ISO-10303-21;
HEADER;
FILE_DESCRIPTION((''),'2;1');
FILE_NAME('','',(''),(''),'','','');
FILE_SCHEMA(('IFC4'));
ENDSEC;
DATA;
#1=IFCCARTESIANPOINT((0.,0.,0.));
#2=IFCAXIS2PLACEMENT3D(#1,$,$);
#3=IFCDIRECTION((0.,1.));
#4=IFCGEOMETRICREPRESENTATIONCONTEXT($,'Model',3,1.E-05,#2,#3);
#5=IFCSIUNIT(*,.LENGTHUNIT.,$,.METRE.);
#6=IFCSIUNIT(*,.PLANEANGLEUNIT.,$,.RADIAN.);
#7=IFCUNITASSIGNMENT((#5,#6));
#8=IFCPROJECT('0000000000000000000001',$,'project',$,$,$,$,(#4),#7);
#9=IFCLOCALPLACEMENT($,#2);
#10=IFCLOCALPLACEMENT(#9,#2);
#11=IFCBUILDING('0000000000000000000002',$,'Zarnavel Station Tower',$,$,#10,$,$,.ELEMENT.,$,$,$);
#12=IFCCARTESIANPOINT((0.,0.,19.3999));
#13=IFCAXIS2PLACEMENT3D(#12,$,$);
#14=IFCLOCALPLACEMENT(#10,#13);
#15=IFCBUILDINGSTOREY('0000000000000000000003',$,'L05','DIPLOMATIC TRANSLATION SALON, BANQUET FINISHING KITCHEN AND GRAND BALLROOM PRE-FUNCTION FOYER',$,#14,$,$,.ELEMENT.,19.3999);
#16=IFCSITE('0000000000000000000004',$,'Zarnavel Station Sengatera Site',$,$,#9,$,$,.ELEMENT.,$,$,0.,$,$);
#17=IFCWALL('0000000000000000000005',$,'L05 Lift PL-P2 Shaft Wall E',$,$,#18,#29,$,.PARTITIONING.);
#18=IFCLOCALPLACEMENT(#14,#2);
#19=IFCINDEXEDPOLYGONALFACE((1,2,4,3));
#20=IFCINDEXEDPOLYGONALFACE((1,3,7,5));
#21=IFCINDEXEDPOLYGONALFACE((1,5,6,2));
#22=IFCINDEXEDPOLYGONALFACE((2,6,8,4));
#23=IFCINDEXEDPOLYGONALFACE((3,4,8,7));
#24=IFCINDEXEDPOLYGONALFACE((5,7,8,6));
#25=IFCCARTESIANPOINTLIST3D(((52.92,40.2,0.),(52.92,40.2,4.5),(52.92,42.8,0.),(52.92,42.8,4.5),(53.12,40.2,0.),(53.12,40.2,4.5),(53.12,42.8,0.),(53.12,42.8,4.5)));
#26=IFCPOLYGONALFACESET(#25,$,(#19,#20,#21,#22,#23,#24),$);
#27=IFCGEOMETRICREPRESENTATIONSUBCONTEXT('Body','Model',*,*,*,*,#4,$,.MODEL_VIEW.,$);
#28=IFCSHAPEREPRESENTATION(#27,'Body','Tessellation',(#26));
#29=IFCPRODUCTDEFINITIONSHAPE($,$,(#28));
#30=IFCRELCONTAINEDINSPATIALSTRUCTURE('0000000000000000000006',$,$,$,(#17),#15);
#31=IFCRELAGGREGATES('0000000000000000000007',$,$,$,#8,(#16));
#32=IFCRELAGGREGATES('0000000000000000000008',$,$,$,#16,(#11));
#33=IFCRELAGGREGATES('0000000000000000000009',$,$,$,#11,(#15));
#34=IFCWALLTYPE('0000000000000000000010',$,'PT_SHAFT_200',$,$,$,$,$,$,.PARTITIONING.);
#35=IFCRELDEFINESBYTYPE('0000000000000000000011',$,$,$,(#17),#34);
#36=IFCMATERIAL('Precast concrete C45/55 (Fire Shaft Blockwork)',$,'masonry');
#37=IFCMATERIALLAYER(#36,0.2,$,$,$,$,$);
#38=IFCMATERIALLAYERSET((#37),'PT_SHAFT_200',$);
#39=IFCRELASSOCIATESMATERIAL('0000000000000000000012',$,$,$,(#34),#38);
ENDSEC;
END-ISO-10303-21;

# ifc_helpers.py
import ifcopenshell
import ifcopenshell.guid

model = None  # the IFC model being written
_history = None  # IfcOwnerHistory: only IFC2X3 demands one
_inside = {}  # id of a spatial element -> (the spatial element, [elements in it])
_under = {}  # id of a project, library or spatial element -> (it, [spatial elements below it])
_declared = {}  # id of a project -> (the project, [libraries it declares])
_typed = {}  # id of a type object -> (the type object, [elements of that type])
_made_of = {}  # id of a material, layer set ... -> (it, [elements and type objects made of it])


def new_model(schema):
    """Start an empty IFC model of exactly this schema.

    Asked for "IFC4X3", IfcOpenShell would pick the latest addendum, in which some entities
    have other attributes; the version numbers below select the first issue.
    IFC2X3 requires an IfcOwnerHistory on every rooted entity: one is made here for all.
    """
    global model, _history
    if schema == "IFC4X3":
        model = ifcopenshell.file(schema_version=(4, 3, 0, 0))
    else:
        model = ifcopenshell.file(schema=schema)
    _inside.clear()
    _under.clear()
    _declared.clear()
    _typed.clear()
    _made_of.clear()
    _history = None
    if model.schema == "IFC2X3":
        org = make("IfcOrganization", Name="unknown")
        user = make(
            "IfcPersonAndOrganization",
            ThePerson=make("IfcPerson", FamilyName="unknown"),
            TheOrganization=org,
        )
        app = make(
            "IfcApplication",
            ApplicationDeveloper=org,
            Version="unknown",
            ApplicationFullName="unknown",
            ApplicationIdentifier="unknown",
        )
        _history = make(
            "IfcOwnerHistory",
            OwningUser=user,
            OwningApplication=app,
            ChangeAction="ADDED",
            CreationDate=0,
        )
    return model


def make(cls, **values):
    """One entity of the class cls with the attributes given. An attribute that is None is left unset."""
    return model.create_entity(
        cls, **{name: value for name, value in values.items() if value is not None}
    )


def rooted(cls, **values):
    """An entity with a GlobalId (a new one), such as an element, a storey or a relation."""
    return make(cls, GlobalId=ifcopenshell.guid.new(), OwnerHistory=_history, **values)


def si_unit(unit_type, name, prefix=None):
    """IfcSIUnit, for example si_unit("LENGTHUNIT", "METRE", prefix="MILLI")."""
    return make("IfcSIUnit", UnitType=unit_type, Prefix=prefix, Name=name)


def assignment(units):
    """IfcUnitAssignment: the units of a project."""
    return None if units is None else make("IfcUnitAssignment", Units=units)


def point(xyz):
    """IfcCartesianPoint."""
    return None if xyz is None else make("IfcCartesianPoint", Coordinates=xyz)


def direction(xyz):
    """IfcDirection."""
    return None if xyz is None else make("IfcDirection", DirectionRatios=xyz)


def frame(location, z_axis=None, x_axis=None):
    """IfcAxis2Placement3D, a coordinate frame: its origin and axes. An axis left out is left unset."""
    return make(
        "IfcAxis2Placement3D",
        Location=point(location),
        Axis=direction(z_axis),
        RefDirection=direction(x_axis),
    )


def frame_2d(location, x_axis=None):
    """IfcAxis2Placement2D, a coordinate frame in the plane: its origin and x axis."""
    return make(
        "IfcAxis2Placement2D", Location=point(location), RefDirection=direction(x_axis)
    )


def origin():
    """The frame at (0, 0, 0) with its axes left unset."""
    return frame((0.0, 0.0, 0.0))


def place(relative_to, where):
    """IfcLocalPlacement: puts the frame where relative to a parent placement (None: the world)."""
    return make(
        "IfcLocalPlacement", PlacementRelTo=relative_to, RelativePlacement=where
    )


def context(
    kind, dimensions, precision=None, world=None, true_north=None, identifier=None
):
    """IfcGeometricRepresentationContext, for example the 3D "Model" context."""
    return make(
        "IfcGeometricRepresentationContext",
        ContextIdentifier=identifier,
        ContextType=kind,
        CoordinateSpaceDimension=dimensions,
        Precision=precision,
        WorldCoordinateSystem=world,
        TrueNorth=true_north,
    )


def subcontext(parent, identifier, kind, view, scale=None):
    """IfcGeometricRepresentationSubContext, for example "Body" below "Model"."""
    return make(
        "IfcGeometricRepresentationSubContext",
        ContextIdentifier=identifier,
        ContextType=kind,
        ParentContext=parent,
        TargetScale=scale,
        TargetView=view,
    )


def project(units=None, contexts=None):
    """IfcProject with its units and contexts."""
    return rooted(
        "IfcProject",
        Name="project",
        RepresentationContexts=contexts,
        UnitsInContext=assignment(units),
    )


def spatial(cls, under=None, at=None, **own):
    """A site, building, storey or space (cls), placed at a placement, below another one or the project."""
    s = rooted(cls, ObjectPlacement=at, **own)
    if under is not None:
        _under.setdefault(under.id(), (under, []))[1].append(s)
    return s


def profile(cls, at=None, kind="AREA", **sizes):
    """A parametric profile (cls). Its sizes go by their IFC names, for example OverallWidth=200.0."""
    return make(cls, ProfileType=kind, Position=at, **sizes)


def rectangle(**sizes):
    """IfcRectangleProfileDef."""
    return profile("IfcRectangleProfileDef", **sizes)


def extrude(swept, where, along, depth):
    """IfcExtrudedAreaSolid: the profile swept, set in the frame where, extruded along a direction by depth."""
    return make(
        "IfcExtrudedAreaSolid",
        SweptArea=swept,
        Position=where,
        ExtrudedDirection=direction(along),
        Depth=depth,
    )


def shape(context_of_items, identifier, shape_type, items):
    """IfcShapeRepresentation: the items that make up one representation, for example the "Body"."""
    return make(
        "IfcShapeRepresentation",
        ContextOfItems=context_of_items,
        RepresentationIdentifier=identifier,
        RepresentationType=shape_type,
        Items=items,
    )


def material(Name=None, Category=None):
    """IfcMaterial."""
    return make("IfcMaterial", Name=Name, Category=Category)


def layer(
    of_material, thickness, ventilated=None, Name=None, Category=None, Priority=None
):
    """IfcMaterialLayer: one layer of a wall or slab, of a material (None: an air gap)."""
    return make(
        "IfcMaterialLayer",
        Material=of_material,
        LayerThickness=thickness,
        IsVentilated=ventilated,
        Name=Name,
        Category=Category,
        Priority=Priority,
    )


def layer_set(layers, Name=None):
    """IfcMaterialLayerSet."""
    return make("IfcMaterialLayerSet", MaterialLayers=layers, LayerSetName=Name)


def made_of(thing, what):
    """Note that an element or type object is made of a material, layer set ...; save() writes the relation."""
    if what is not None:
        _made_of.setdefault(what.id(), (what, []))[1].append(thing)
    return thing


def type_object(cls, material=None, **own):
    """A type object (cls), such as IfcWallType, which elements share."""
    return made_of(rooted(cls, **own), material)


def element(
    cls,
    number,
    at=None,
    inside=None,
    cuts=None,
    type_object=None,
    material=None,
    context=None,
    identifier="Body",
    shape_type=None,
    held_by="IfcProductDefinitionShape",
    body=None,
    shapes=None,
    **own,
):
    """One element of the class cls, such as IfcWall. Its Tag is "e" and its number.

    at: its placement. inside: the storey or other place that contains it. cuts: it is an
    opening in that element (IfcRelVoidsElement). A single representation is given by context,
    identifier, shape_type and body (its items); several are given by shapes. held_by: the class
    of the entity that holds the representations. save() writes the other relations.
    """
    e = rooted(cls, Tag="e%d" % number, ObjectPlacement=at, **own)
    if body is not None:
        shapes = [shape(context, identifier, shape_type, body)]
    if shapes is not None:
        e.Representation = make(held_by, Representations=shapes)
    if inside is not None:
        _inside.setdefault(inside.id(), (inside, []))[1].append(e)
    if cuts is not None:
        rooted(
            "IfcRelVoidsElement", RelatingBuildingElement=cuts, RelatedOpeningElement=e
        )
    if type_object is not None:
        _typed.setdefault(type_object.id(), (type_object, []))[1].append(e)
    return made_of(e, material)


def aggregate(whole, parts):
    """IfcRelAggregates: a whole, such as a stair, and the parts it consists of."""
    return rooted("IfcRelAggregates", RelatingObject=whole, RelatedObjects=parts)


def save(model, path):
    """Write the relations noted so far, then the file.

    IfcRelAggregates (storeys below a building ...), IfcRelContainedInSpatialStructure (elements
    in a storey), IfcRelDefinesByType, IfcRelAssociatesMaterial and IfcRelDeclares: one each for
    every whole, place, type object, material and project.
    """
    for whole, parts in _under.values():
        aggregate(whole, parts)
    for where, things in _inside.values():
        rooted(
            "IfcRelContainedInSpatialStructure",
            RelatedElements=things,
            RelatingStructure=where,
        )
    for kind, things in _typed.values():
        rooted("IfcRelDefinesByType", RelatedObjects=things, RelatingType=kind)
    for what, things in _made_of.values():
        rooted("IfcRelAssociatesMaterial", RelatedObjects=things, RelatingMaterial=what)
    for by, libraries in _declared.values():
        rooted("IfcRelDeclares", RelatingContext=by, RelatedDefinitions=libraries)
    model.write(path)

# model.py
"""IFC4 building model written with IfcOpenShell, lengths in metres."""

from ifc_helpers import new_model, si_unit, direction, frame, frame_2d, origin, place, context, subcontext, project, spatial, rectangle, extrude, material, layer, layer_set, type_object, element, save


model = new_model("IFC4")

# Units and contexts
model_context = context("Model", 3, precision=1e-05, world=origin(), true_north=direction((0.0, 1.0)))
body_context = subcontext(model_context, "Body", "Model", "MODEL_VIEW")
ifc_project = project(units=[si_unit("LENGTHUNIT", "METRE"), si_unit("PLANEANGLEUNIT", "RADIAN")], contexts=[model_context])

# Site, building, storey
site_placement = place(None, origin())
site = spatial("IfcSite", under=ifc_project, at=site_placement, Name="Zarnavel Station Sengatera Site", CompositionType="ELEMENT", RefElevation=0.0)
building_placement = place(site_placement, origin())
building = spatial("IfcBuilding", under=site, at=building_placement, Name="Zarnavel Station Tower", CompositionType="ELEMENT")
storey_placement = place(building_placement, frame((0.0, 0.0, 19.3999)))
storey = spatial("IfcBuildingStorey", under=building, at=storey_placement, Name="L05", Description="DIPLOMATIC TRANSLATION SALON, BANQUET FINISHING KITCHEN AND GRAND BALLROOM PRE-FUNCTION FOYER", CompositionType="ELEMENT", Elevation=19.3999)

# Shared definitions
ifc_material_1 = material(Name="Precast concrete C45/55 (Fire Shaft Blockwork)", Category="masonry")
ifc_layer_1 = layer(ifc_material_1, 0.2)
ifc_layer_set_1 = layer_set([ifc_layer_1], Name="PT_SHAFT_200")
wall_type_1 = type_object("IfcWallType", Name="PT_SHAFT_200", PredefinedType="PARTITIONING", material=ifc_layer_set_1)

# Wall
wall_1_placement = place(storey_placement, frame((53.02, 40.2, 0.0), z_axis=(0.0, 0.0, 1.0), x_axis=(0.0, 1.0, 0.0)))
element("IfcWall", 1, at=wall_1_placement, inside=storey, type_object=wall_type_1, Name="L05 Lift PL-P2 Shaft Wall E", PredefinedType="PARTITIONING", context=body_context, shape_type="SweptSolid", body=[
    extrude(rectangle(XDim=2.6001, YDim=0.2, at=frame_2d((1.3, 0.0))), origin(), (0.0, 0.0, 1.0), 4.5),
])

save(model, "model.ifc")
